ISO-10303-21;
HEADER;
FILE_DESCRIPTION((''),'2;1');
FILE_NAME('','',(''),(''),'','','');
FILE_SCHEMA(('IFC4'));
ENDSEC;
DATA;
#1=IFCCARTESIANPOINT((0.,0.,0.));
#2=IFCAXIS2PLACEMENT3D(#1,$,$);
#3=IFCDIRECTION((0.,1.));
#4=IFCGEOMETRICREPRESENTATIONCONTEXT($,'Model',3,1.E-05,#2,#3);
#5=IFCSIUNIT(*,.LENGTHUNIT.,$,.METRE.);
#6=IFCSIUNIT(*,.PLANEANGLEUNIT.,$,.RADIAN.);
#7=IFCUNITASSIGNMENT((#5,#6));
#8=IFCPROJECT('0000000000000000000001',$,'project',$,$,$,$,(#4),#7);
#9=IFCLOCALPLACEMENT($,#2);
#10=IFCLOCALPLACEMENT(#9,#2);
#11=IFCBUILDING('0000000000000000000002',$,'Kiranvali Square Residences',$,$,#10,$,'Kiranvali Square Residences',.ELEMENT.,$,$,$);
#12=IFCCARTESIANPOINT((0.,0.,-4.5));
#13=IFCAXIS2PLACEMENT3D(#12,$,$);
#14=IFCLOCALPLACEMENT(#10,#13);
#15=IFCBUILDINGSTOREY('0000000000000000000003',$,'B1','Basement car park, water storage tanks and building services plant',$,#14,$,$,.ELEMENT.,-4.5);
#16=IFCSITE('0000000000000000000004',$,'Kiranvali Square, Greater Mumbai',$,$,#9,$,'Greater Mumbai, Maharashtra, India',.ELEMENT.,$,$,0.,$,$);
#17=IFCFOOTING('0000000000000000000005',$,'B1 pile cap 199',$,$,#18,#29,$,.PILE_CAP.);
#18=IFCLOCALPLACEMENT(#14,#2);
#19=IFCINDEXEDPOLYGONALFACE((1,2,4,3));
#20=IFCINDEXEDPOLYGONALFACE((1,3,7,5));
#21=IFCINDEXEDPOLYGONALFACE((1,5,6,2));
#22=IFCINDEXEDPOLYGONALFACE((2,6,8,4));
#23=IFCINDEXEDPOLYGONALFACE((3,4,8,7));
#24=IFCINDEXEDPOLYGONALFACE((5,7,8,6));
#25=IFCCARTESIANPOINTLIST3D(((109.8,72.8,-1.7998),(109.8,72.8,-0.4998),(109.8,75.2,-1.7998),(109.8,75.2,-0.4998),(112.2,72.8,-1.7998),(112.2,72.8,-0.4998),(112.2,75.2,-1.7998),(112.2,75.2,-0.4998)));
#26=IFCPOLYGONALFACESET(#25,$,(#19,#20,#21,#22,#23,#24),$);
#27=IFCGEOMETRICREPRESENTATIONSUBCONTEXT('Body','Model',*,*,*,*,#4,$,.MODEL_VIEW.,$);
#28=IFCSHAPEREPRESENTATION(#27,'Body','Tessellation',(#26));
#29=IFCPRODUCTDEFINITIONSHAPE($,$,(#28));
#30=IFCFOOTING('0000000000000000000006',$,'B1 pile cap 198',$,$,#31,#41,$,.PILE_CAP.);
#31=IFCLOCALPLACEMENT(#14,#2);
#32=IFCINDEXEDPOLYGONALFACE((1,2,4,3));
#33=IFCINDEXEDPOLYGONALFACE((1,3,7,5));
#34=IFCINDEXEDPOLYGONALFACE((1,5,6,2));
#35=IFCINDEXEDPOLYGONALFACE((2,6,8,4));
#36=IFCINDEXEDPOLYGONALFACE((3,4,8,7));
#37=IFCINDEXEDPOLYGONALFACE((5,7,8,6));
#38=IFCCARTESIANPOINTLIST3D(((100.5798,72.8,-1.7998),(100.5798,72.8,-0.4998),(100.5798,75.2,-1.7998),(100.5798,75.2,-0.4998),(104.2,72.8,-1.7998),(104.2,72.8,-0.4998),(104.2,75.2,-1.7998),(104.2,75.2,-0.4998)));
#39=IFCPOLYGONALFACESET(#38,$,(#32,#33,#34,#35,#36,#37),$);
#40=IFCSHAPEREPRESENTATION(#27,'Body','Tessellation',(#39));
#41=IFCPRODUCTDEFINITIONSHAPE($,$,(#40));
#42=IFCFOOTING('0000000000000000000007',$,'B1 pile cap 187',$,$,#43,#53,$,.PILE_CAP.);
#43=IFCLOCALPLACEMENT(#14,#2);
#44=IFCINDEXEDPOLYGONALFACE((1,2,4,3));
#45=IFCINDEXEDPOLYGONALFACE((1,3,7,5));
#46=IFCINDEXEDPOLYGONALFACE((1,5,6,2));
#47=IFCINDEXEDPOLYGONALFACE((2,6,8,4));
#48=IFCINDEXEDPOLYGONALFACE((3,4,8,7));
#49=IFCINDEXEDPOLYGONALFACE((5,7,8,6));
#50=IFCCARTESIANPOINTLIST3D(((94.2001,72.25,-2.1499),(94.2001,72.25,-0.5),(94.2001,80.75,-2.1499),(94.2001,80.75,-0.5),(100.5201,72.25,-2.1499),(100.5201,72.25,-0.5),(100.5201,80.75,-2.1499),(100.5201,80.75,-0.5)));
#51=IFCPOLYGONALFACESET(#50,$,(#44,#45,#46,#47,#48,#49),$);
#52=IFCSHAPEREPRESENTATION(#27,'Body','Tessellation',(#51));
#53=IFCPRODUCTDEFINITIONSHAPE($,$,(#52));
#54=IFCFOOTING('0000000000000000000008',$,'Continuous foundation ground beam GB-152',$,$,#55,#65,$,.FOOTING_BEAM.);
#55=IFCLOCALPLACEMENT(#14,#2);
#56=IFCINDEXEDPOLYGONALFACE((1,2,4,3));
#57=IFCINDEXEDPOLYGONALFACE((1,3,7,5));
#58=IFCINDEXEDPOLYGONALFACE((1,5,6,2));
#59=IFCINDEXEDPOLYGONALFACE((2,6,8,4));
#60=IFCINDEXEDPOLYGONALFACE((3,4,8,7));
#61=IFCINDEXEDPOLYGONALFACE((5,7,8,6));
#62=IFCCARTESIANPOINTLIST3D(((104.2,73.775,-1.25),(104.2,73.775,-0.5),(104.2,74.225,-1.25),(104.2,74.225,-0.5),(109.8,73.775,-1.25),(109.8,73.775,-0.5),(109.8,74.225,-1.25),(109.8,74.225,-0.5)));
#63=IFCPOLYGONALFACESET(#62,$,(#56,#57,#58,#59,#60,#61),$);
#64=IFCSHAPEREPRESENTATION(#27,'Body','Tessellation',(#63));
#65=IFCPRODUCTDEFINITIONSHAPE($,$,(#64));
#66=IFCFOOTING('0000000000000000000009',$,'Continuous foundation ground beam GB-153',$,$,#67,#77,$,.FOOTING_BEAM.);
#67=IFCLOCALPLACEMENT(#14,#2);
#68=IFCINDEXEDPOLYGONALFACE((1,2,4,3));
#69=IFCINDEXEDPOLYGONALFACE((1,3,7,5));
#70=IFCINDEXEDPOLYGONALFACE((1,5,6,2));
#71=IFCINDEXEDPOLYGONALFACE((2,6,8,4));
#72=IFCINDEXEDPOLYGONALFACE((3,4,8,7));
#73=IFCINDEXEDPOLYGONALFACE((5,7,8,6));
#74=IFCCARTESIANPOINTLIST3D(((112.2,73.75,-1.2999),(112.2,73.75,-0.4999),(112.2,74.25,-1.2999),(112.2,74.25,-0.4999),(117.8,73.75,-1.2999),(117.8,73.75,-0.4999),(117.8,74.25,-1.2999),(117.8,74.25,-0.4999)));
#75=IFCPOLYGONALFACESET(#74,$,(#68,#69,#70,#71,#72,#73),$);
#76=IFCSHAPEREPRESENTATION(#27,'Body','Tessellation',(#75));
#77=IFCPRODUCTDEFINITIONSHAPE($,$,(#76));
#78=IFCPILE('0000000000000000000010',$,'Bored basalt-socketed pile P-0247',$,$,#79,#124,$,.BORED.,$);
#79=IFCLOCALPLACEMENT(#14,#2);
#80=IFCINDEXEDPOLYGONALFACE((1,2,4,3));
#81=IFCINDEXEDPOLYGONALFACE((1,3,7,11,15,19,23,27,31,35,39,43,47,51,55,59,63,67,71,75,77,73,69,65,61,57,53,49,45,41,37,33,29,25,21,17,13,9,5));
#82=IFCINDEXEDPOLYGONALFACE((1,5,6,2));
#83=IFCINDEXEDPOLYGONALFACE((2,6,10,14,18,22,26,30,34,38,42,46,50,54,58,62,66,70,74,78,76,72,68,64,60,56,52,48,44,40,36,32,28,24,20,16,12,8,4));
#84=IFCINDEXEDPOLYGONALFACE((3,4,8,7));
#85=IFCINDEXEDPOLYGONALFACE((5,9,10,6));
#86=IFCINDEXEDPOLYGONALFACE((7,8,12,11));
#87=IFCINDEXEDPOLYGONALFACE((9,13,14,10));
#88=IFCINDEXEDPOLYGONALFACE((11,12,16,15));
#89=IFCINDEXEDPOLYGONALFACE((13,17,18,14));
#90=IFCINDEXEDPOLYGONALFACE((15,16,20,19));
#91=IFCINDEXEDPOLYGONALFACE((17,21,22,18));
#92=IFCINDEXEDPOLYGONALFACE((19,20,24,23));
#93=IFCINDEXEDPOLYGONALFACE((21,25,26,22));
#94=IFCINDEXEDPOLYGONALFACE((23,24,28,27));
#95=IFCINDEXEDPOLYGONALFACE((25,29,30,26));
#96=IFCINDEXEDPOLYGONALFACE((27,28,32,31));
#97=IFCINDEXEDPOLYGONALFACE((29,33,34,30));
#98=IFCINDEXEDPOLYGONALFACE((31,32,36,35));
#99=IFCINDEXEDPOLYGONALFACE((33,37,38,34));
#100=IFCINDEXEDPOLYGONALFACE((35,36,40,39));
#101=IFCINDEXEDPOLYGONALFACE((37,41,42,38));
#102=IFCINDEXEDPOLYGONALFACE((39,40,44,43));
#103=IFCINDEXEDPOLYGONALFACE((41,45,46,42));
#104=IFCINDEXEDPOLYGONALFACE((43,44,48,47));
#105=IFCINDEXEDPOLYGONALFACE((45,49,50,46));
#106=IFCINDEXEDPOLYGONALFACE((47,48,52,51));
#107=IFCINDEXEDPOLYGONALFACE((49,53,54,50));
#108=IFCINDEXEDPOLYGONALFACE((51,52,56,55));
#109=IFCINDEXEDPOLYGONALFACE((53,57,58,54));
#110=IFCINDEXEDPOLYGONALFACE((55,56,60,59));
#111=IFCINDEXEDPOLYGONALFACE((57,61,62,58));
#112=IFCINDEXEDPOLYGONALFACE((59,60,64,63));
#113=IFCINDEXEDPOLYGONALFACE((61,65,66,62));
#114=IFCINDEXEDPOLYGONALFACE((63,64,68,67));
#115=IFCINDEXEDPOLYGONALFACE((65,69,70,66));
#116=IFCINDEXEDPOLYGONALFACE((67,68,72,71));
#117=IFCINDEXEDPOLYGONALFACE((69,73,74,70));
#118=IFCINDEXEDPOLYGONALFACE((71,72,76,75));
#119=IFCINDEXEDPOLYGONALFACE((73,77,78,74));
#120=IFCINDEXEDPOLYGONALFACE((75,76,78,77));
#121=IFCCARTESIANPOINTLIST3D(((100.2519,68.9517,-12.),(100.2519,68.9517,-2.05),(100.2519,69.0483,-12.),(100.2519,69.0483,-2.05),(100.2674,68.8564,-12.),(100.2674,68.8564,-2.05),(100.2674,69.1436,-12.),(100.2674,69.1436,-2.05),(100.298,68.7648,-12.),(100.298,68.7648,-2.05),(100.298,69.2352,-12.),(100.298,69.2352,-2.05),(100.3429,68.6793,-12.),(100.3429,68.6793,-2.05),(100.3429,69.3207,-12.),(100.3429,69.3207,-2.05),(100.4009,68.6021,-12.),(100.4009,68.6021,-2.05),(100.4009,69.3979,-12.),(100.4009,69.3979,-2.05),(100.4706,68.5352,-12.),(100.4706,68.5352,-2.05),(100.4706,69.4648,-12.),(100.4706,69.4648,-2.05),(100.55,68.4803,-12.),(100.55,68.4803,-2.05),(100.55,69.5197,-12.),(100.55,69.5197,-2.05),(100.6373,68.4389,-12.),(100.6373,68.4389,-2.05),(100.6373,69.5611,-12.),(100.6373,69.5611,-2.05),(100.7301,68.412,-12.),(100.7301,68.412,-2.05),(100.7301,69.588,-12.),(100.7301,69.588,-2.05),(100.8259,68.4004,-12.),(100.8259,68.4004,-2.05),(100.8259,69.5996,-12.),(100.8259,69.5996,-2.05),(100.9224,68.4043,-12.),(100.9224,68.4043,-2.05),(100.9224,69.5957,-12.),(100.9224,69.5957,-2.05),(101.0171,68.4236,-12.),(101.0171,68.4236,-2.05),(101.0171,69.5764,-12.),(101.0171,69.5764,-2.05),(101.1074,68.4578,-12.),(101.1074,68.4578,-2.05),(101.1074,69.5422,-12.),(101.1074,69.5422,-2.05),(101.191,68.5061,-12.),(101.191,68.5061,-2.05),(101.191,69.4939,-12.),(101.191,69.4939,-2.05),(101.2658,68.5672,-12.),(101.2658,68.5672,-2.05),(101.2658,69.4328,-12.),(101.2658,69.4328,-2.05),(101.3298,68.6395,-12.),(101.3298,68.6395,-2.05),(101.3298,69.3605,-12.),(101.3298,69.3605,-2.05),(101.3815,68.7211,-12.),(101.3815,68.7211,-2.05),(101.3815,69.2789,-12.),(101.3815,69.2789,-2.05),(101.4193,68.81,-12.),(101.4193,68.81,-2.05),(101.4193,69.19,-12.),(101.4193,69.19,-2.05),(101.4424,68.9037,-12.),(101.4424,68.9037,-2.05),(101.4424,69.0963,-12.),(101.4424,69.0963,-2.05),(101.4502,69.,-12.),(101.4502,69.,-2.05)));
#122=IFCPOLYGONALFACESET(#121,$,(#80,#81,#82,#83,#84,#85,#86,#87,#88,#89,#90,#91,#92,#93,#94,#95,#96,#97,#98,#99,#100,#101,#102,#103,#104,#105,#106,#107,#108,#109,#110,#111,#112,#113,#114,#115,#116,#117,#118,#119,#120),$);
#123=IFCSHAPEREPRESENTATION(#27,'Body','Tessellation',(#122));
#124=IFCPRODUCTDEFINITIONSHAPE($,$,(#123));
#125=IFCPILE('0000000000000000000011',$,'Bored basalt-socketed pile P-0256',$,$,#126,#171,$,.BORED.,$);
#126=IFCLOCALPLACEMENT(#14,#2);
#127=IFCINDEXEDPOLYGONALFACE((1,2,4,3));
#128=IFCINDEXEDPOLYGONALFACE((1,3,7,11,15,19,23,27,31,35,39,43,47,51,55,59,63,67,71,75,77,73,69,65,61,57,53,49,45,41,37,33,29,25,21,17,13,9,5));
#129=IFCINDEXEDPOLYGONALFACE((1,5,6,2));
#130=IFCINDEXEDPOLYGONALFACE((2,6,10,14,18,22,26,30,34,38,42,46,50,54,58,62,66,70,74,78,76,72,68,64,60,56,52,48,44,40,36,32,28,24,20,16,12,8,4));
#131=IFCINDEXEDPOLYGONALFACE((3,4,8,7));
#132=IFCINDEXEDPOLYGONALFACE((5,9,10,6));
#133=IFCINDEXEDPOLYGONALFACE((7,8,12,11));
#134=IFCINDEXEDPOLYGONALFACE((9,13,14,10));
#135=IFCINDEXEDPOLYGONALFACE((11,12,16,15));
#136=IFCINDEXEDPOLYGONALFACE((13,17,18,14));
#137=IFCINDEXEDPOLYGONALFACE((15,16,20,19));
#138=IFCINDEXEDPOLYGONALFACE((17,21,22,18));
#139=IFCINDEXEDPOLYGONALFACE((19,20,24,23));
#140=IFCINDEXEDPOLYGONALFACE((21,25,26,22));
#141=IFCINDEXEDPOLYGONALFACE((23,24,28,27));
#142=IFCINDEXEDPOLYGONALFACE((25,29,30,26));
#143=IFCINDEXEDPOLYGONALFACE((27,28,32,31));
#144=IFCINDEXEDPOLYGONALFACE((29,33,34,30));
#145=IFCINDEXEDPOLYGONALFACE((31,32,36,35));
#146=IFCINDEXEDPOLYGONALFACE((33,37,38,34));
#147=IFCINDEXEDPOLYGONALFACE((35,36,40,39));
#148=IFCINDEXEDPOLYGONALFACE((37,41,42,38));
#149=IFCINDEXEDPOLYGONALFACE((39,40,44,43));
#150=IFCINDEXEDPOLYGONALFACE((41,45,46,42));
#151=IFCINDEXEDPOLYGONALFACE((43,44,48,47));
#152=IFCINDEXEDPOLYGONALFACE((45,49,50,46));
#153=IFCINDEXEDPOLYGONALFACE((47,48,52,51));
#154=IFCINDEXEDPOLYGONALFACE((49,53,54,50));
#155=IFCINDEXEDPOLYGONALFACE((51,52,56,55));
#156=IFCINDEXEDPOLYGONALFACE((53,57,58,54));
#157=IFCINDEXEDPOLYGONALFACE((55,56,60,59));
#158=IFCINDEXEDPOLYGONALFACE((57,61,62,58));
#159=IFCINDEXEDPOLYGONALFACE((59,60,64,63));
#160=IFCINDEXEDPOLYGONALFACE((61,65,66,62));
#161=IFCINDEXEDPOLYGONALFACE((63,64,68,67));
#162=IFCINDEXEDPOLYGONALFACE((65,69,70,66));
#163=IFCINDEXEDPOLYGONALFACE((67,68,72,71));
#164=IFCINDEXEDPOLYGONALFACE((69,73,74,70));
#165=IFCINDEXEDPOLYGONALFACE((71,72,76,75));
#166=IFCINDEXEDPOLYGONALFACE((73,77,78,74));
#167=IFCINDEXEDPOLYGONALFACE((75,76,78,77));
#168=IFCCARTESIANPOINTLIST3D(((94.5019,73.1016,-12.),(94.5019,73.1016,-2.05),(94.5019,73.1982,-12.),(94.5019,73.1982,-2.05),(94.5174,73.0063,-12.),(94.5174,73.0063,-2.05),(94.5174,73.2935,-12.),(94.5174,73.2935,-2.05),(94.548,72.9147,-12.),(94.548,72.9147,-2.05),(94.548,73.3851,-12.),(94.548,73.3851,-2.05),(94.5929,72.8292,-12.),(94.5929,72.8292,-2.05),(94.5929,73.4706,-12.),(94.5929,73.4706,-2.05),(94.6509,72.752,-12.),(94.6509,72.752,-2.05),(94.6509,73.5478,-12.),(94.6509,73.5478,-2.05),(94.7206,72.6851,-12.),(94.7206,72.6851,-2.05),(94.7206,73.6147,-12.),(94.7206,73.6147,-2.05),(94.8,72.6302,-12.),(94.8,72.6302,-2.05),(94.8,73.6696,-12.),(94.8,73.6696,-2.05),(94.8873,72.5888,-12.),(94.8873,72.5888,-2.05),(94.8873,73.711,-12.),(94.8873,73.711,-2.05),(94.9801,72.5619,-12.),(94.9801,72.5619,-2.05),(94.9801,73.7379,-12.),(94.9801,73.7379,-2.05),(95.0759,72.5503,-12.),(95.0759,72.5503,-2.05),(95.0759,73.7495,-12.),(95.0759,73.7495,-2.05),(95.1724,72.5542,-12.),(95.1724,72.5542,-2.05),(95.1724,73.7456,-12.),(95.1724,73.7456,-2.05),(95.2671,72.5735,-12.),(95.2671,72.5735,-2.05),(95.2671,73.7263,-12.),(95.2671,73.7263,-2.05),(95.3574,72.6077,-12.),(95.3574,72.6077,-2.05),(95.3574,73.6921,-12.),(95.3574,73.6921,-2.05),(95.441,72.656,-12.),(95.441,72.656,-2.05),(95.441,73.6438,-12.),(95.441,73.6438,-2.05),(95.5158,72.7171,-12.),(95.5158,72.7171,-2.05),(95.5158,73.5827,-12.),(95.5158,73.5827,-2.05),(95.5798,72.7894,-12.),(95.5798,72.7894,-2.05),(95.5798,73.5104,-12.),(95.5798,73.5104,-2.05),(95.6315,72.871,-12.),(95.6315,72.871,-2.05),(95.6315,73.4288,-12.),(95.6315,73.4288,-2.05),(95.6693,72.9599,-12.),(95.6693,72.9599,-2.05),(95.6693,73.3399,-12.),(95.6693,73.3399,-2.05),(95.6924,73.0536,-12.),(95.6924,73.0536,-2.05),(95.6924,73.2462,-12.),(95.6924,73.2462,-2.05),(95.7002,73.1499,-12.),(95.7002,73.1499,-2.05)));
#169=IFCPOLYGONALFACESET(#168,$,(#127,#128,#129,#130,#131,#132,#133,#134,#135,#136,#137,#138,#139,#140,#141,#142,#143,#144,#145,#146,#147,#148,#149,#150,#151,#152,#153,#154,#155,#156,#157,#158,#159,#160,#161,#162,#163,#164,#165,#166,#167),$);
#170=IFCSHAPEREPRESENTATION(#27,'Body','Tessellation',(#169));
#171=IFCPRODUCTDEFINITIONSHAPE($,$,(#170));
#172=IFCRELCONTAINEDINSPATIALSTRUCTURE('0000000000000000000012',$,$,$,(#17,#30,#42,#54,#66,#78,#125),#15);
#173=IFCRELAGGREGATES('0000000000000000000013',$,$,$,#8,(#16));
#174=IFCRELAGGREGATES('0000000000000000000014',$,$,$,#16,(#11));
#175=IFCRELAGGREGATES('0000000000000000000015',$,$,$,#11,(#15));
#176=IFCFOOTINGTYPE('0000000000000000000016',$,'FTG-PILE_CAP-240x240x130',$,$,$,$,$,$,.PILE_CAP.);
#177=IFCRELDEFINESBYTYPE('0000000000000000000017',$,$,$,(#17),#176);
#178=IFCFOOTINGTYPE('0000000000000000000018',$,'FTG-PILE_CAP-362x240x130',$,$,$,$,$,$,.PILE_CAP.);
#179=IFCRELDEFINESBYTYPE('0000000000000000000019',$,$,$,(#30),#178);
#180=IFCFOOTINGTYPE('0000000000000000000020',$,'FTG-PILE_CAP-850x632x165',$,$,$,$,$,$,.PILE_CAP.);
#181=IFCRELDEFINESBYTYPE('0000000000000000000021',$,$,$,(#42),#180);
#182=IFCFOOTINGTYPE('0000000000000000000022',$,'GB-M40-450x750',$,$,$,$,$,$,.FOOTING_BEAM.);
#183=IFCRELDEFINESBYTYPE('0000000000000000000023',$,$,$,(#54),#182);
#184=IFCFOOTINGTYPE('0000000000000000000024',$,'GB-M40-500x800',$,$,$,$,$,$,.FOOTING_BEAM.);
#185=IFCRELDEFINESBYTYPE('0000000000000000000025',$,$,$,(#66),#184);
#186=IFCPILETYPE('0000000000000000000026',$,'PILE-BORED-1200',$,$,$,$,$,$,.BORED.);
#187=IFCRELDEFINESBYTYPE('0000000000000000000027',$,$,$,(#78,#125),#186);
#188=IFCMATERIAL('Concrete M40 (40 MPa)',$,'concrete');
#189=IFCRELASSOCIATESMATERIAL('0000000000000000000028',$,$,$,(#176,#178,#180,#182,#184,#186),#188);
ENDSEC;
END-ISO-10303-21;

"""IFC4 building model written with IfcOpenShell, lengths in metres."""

from ifc_helpers import new_model, si_unit, direction, frame, origin, origin_2d, place, context, subcontext, project, spatial, rectangle, circle, extrude, material, material_profile, profile_set, type_object, element, save


model = new_model("IFC4")

# Units and contexts
model_context = context("Model", 3, precision=1e-05, world=origin(), true_north=direction((0.0, 1.0)))
body_context = subcontext(model_context, "Body", "Model", "MODEL_VIEW")
ifc_project = project(units=[si_unit("LENGTHUNIT", "METRE"), si_unit("PLANEANGLEUNIT", "RADIAN")], contexts=[model_context])

# Site, building, storey
site_placement = place(None, origin())
site = spatial("IfcSite", under=ifc_project, at=site_placement, Name="Kiranvali Square, Greater Mumbai", LongName="Greater Mumbai, Maharashtra, India", CompositionType="ELEMENT", RefElevation=0.0)
building_placement = place(site_placement, origin())
building = spatial("IfcBuilding", under=site, at=building_placement, Name="Kiranvali Square Residences", LongName="Kiranvali Square Residences", CompositionType="ELEMENT")
storey_placement = place(building_placement, frame((0.0, 0.0, -4.5)))
storey = spatial("IfcBuildingStorey", under=building, at=storey_placement, Name="B1", Description="Basement car park, water storage tanks and building services plant", CompositionType="ELEMENT", Elevation=-4.5)

# Footings
ifc_material_1 = material(Name="Concrete M40 (40 MPa)", Category="concrete")
footing_type_1 = type_object("IfcFootingType", Name="FTG-PILE_CAP-240x240x130", PredefinedType="PILE_CAP", material=ifc_material_1)
footing_1_placement = place(storey_placement, frame((111.0, 74.0, -1.7998), z_axis=(0.0, 0.0, 1.0), x_axis=(1.0, 0.0, 0.0)))
element("IfcFooting", 1, at=footing_1_placement, inside=storey, type_object=footing_type_1, Name="B1 pile cap 199", PredefinedType="PILE_CAP", context=body_context, shape_type="SweptSolid", body=[
    extrude(rectangle(XDim=2.3999, YDim=2.3999, at=origin_2d()), origin(), (0.0, 0.0, 1.0), 1.3),
])
footing_type_2 = type_object("IfcFootingType", Name="FTG-PILE_CAP-362x240x130", PredefinedType="PILE_CAP", material=ifc_material_1)
footing_2_placement = place(storey_placement, frame((102.3899, 74.0, -1.7998), z_axis=(0.0, 0.0, 1.0), x_axis=(1.0, 0.0, 0.0)))
element("IfcFooting", 2, at=footing_2_placement, inside=storey, type_object=footing_type_2, Name="B1 pile cap 198", PredefinedType="PILE_CAP", context=body_context, shape_type="SweptSolid", body=[
    extrude(rectangle(XDim=3.6201, YDim=2.3999, at=origin_2d()), origin(), (0.0, 0.0, 1.0), 1.3),
])
footing_type_3 = type_object("IfcFootingType", Name="FTG-PILE_CAP-850x632x165", PredefinedType="PILE_CAP", material=ifc_material_1)
footing_3_placement = place(storey_placement, frame((97.3601, 76.5, -2.1499), z_axis=(0.0, 0.0, 1.0), x_axis=(0.0, 1.0, 0.0)))
element("IfcFooting", 3, at=footing_3_placement, inside=storey, type_object=footing_type_3, Name="B1 pile cap 187", PredefinedType="PILE_CAP", context=body_context, shape_type="SweptSolid", body=[
    extrude(rectangle(XDim=8.5, YDim=6.3201, at=origin_2d()), origin(), (0.0, 0.0, 1.0), 1.6499),
])
ifc_material_profile_1 = material_profile(ifc_material_1, rectangle(XDim=0.45, YDim=0.75, at=origin_2d()), Name="GB 450x750")
ifc_profile_set_1 = profile_set([ifc_material_profile_1], Name="Concrete M40 (40 MPa)")
footing_type_4 = type_object("IfcFootingType", Name="GB-M40-450x750", PredefinedType="FOOTING_BEAM", material=ifc_profile_set_1)
footing_4_placement = place(storey_placement, frame((104.2, 74.0, -0.875), z_axis=(1.0, 0.0, 0.0), x_axis=(0.0, 1.0, 0.0)))
element("IfcFooting", 4, at=footing_4_placement, inside=storey, type_object=footing_type_4, Name="Continuous foundation ground beam GB-152", PredefinedType="FOOTING_BEAM", context=body_context, shape_type="SweptSolid", body=[
    extrude(rectangle(XDim=0.45, YDim=0.75, at=origin_2d()), origin(), (0.0, 0.0, 1.0), 5.6001),
])
ifc_material_profile_2 = material_profile(ifc_material_1, rectangle(XDim=0.5, YDim=0.8, at=origin_2d()), Name="GB 500x800")
ifc_profile_set_2 = profile_set([ifc_material_profile_2], Name="Concrete M40 (40 MPa)")
footing_type_5 = type_object("IfcFootingType", Name="GB-M40-500x800", PredefinedType="FOOTING_BEAM", material=ifc_profile_set_2)
footing_5_placement = place(storey_placement, frame((112.2, 74.0, -0.8999), z_axis=(1.0, 0.0, 0.0), x_axis=(0.0, 1.0, 0.0)))
element("IfcFooting", 5, at=footing_5_placement, inside=storey, type_object=footing_type_5, Name="Continuous foundation ground beam GB-153", PredefinedType="FOOTING_BEAM", context=body_context, shape_type="SweptSolid", body=[
    extrude(rectangle(XDim=0.5, YDim=0.8, at=origin_2d()), origin(), (0.0, 0.0, 1.0), 5.6001),
])

# Piles
ifc_material_profile_3 = material_profile(ifc_material_1, circle(Radius=0.6001, at=origin_2d()), Name="BORED PILE 1200")
ifc_profile_set_3 = profile_set([ifc_material_profile_3], Name="Concrete M40 (40 MPa)")
pile_type = type_object("IfcPileType", Name="PILE-BORED-1200", PredefinedType="BORED", material=ifc_profile_set_3)
for number, where, z_axis, x_axis, name in (
    (6, (100.8501, 69.0, -2.05), (0.0, 0.0, -1.0), (1.0, 0.0, 0.0), "Bored basalt-socketed pile P-0247"),
    (7, (95.1001, 73.1499, -2.05), (0.0, 0.0, -1.0), (1.0, 0.0, 0.0), "Bored basalt-socketed pile P-0256"),
):
    element("IfcPile", number, at=place(storey_placement, frame(where, z_axis=z_axis, x_axis=x_axis)), inside=storey, type_object=pile_type, Name=name, PredefinedType="BORED", context=body_context, shape_type="SweptSolid", body=[
        extrude(circle(Radius=0.6001, at=origin_2d()), origin(), (0.0, 0.0, 1.0), 9.95),
    ])

save(model, "model.ifc")
